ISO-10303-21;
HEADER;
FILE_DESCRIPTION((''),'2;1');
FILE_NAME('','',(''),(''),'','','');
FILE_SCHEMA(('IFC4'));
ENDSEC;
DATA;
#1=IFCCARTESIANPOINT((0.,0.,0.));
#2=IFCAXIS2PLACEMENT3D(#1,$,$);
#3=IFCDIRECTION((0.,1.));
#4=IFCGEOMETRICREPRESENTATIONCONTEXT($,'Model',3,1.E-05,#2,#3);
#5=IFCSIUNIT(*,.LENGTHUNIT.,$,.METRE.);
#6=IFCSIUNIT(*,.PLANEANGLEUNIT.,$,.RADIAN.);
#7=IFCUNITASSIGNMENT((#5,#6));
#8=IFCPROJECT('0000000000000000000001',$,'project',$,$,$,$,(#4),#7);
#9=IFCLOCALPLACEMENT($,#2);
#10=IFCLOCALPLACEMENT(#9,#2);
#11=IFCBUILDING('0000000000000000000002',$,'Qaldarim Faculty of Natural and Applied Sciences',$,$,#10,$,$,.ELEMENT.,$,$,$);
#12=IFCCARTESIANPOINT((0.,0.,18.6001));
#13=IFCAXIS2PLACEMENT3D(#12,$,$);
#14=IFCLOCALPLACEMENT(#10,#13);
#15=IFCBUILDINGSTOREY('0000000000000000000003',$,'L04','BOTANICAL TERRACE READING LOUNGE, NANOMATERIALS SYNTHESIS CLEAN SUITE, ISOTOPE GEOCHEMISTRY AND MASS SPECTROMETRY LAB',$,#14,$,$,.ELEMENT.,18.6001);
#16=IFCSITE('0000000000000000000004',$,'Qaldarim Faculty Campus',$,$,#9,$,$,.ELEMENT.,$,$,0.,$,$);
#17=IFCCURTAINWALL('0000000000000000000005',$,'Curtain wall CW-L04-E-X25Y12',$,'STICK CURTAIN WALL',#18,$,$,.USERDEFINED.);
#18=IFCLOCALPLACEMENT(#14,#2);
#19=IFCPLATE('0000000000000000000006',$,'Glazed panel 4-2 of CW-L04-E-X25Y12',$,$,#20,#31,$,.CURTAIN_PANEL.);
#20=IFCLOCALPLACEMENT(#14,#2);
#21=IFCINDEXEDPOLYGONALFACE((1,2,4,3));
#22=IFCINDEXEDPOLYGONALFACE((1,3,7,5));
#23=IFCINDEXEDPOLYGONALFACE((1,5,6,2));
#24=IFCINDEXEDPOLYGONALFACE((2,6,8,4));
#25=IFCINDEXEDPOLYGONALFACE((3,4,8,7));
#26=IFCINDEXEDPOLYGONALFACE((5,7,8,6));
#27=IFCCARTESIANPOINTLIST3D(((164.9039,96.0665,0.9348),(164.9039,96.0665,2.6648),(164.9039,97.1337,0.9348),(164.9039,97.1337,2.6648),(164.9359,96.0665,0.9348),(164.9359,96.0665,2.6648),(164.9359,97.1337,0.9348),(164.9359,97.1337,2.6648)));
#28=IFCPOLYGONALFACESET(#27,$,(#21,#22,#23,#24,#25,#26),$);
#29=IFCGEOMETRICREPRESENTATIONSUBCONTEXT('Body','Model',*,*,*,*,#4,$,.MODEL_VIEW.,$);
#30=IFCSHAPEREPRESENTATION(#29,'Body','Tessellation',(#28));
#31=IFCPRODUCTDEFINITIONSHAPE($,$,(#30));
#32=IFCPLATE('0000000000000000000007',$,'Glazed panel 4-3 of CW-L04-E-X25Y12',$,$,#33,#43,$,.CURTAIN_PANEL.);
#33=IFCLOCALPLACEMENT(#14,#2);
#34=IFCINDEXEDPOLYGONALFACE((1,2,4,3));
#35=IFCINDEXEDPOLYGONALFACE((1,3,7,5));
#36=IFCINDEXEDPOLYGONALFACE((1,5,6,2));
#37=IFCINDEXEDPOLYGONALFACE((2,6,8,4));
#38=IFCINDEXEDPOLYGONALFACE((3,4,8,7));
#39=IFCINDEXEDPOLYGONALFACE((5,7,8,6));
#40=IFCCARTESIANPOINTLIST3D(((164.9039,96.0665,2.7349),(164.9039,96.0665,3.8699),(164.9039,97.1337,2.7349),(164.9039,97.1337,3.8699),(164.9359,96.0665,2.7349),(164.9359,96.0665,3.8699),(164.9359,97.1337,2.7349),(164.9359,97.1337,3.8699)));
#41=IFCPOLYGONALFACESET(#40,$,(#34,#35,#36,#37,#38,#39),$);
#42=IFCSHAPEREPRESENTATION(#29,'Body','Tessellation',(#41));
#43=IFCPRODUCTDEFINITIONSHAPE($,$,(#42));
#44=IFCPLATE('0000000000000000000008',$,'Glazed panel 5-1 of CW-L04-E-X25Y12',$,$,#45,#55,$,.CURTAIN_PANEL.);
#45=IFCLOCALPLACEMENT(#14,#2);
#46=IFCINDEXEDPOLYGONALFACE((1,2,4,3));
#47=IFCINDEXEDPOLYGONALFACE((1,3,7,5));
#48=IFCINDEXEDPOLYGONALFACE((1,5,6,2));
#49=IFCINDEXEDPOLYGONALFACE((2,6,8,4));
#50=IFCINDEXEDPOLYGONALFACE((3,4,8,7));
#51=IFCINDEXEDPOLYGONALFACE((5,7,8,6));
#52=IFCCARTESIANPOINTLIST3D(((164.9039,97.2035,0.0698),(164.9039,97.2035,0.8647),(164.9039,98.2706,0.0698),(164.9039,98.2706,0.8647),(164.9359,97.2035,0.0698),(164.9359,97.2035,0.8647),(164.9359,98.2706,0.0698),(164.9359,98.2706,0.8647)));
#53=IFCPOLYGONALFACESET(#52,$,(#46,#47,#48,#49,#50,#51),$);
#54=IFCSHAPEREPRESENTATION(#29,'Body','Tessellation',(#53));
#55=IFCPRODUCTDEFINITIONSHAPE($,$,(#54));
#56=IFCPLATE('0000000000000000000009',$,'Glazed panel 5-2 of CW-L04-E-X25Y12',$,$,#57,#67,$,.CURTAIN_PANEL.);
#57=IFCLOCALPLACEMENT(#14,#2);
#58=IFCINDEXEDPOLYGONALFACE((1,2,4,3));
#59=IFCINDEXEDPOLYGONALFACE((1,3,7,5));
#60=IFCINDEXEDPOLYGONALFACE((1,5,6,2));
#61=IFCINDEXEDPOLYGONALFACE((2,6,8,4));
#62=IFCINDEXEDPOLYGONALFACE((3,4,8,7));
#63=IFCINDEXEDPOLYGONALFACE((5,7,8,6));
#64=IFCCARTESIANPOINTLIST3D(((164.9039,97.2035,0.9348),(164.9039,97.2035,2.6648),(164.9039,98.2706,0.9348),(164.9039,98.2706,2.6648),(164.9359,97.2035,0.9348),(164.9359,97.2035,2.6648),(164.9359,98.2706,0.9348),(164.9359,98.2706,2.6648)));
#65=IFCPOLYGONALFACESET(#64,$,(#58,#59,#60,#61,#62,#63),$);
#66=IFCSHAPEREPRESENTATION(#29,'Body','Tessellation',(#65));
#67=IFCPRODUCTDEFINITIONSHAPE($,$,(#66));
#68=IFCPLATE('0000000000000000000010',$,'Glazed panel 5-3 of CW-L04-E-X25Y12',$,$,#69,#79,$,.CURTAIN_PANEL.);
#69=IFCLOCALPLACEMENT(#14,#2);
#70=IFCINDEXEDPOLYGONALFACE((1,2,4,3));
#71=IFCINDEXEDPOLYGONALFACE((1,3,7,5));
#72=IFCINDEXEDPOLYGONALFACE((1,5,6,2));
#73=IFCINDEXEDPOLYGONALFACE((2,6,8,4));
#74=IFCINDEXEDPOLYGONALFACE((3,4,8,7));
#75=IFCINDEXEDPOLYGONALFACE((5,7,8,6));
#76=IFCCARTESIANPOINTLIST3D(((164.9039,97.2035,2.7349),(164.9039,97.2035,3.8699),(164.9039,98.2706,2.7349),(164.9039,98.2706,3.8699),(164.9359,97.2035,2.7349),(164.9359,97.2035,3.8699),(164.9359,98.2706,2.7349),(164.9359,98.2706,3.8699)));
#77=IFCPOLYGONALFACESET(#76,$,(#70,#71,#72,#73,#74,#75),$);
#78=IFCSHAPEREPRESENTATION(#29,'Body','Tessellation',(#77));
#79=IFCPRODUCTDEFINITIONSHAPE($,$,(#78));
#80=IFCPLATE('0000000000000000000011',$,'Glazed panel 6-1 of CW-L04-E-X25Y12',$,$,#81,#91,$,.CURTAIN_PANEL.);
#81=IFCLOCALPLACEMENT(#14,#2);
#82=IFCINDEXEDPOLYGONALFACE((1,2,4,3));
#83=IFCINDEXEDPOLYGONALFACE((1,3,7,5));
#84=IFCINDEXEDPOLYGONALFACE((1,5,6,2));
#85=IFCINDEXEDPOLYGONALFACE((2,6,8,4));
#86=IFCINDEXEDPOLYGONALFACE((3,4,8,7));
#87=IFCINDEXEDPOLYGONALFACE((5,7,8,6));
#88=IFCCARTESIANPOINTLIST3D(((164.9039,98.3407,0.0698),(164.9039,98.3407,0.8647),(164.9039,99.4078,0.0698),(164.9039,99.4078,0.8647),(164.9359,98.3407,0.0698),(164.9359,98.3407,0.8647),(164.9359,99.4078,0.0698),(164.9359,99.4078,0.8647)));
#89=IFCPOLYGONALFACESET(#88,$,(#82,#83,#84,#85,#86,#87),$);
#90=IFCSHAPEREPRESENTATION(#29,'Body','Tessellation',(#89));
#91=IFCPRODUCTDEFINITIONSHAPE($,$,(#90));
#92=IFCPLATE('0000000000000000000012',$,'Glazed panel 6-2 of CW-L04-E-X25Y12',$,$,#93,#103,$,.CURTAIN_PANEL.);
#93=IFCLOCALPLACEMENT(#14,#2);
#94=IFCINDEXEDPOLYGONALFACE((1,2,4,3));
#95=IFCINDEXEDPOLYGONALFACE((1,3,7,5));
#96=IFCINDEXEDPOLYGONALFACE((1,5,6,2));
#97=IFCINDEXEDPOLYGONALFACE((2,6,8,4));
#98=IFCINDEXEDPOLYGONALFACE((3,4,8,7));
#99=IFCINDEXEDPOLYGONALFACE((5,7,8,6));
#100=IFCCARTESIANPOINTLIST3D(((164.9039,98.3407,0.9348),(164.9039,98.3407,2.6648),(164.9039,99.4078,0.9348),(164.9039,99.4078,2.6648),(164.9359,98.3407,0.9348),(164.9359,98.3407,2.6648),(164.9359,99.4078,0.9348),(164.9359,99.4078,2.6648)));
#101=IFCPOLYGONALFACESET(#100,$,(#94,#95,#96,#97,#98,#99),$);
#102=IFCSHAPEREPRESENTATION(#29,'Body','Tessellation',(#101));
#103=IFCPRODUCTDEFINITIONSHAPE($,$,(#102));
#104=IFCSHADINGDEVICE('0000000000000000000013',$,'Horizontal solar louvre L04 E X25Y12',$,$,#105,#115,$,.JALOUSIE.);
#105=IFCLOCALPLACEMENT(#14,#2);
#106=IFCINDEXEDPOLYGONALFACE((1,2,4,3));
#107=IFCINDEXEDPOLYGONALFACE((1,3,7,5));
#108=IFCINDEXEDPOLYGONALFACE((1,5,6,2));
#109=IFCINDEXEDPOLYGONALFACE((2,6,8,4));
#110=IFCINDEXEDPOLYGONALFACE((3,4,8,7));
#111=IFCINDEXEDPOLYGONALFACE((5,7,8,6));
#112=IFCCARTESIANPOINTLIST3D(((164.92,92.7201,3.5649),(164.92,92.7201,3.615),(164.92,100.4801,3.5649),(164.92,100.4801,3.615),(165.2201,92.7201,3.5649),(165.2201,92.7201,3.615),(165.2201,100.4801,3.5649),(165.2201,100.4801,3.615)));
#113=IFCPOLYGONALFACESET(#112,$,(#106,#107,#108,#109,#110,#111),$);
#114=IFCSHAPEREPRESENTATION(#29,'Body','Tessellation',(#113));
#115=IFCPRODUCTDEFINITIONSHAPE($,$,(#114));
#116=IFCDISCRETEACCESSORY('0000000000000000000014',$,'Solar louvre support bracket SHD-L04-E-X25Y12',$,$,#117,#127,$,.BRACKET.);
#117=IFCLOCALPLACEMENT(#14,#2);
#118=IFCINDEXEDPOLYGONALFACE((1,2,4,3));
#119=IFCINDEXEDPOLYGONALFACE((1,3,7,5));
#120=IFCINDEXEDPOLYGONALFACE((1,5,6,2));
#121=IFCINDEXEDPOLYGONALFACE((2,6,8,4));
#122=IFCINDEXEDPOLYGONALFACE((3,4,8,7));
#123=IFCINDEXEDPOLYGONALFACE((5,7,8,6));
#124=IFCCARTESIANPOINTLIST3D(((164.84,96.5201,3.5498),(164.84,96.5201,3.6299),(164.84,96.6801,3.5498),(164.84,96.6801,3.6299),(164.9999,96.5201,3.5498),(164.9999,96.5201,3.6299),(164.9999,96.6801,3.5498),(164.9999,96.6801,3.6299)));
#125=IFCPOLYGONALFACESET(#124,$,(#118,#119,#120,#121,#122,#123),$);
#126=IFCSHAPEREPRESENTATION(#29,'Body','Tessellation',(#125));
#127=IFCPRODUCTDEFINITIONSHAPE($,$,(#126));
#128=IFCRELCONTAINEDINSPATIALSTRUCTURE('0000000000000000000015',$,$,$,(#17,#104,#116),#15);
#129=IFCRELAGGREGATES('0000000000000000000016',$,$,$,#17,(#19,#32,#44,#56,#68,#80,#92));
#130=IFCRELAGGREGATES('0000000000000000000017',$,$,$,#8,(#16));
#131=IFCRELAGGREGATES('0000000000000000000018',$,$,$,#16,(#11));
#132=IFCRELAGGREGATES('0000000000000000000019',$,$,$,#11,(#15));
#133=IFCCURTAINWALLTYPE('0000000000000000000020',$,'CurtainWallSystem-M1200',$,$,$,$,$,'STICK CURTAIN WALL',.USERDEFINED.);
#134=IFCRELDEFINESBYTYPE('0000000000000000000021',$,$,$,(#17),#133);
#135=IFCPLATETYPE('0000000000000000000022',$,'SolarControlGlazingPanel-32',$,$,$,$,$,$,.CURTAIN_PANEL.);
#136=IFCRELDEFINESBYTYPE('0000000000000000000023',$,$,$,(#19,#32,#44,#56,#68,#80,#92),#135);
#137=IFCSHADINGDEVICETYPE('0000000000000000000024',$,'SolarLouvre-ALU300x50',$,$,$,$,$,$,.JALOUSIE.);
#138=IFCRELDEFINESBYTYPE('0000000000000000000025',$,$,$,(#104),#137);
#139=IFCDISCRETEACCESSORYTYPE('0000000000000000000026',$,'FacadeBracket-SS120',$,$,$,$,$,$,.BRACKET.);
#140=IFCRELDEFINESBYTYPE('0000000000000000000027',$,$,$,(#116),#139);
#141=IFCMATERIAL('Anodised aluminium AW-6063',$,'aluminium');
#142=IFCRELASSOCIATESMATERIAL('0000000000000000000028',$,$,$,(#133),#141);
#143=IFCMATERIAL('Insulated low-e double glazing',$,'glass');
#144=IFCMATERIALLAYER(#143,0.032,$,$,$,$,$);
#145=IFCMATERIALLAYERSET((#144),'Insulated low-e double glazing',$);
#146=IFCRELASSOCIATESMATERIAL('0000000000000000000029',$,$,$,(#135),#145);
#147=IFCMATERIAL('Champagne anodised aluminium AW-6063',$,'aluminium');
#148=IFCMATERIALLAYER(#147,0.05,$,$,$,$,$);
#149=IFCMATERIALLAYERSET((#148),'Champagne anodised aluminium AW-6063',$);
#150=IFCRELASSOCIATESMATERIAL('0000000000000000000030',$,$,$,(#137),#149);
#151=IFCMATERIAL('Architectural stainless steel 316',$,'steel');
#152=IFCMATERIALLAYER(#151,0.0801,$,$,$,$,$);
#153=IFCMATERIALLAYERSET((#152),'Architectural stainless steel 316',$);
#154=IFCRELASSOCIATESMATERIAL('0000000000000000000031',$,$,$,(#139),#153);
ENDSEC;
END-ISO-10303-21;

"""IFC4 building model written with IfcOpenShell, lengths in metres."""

from ifc_helpers import new_model, si_unit, direction, frame, origin, origin_2d, place, context, subcontext, project, spatial, rectangle, extrude, material, layer, layer_set, type_object, element, aggregate, save


model = new_model("IFC4")

# Units and contexts
model_context = context("Model", 3, precision=1e-05, world=origin(), true_north=direction((0.0, 1.0)))
body_context = subcontext(model_context, "Body", "Model", "MODEL_VIEW")
ifc_project = project(units=[si_unit("LENGTHUNIT", "METRE"), si_unit("PLANEANGLEUNIT", "RADIAN")], contexts=[model_context])

# Site, building, storey
site_placement = place(None, origin())
site = spatial("IfcSite", under=ifc_project, at=site_placement, Name="Qaldarim Faculty Campus", CompositionType="ELEMENT", RefElevation=0.0)
building_placement = place(site_placement, origin())
building = spatial("IfcBuilding", under=site, at=building_placement, Name="Qaldarim Faculty of Natural and Applied Sciences", CompositionType="ELEMENT")
storey_placement = place(building_placement, frame((0.0, 0.0, 18.6001)))
storey = spatial("IfcBuildingStorey", under=building, at=storey_placement, Name="L04", Description="BOTANICAL TERRACE READING LOUNGE, NANOMATERIALS SYNTHESIS CLEAN SUITE, ISOTOPE GEOCHEMISTRY AND MASS SPECTROMETRY LAB", CompositionType="ELEMENT", Elevation=18.6001)

# Curtain wall, plates
ifc_material_1 = material(Name="Anodised aluminium AW-6063", Category="aluminium")
curtain_wall_type = type_object("IfcCurtainWallType", Name="CurtainWallSystem-M1200", ElementType="STICK CURTAIN WALL", PredefinedType="USERDEFINED", material=ifc_material_1)
curtain_wall_placement = place(storey_placement, origin())
curtain_wall = element("IfcCurtainWall", 1, at=curtain_wall_placement, inside=storey, type_object=curtain_wall_type, Name="Curtain wall CW-L04-E-X25Y12", ObjectType="STICK CURTAIN WALL", PredefinedType="USERDEFINED")
ifc_material_2 = material(Name="Insulated low-e double glazing", Category="glass")
ifc_layer_1 = layer(ifc_material_2, 0.032)
ifc_layer_set_1 = layer_set([ifc_layer_1], Name="Insulated low-e double glazing")
plate_type = type_object("IfcPlateType", Name="SolarControlGlazingPanel-32", PredefinedType="CURTAIN_PANEL", material=ifc_layer_set_1)
plate_1_placement = place(storey_placement, frame((164.9199, 96.6001, 0.9348), z_axis=(0.0, 0.0, 1.0), x_axis=(0.0, 1.0, 0.0)))
plate_1 = element("IfcPlate", 2, at=plate_1_placement, type_object=plate_type, Name="Glazed panel 4-2 of CW-L04-E-X25Y12", PredefinedType="CURTAIN_PANEL", context=body_context, shape_type="SweptSolid", body=[
    extrude(rectangle(XDim=1.0671, YDim=0.032, at=origin_2d()), origin(), (0.0, 0.0, 1.0), 1.73),
])
plate_2_placement = place(storey_placement, frame((164.9199, 96.6001, 2.7349), z_axis=(0.0, 0.0, 1.0), x_axis=(0.0, 1.0, 0.0)))
plate_2 = element("IfcPlate", 3, at=plate_2_placement, type_object=plate_type, Name="Glazed panel 4-3 of CW-L04-E-X25Y12", PredefinedType="CURTAIN_PANEL", context=body_context, shape_type="SweptSolid", body=[
    extrude(rectangle(XDim=1.0671, YDim=0.032, at=origin_2d()), origin(), (0.0, 0.0, 1.0), 1.135),
])
plate_3_placement = place(storey_placement, frame((164.9199, 97.7371, 0.0698), z_axis=(0.0, 0.0, 1.0), x_axis=(0.0, 1.0, 0.0)))
plate_3 = element("IfcPlate", 4, at=plate_3_placement, type_object=plate_type, Name="Glazed panel 5-1 of CW-L04-E-X25Y12", PredefinedType="CURTAIN_PANEL", context=body_context, shape_type="SweptSolid", body=[
    extrude(rectangle(XDim=1.0671, YDim=0.032, at=origin_2d()), origin(), (0.0, 0.0, 1.0), 0.7949),
])
plate_4_placement = place(storey_placement, frame((164.9199, 97.7371, 0.9348), z_axis=(0.0, 0.0, 1.0), x_axis=(0.0, 1.0, 0.0)))
plate_4 = element("IfcPlate", 5, at=plate_4_placement, type_object=plate_type, Name="Glazed panel 5-2 of CW-L04-E-X25Y12", PredefinedType="CURTAIN_PANEL", context=body_context, shape_type="SweptSolid", body=[
    extrude(rectangle(XDim=1.0671, YDim=0.032, at=origin_2d()), origin(), (0.0, 0.0, 1.0), 1.73),
])
plate_5_placement = place(storey_placement, frame((164.9199, 97.7371, 2.7349), z_axis=(0.0, 0.0, 1.0), x_axis=(0.0, 1.0, 0.0)))
plate_5 = element("IfcPlate", 6, at=plate_5_placement, type_object=plate_type, Name="Glazed panel 5-3 of CW-L04-E-X25Y12", PredefinedType="CURTAIN_PANEL", context=body_context, shape_type="SweptSolid", body=[
    extrude(rectangle(XDim=1.0671, YDim=0.032, at=origin_2d()), origin(), (0.0, 0.0, 1.0), 1.135),
])
plate_6_placement = place(storey_placement, frame((164.9199, 98.8743, 0.0698), z_axis=(0.0, 0.0, 1.0), x_axis=(0.0, 1.0, 0.0)))
plate_6 = element("IfcPlate", 7, at=plate_6_placement, type_object=plate_type, Name="Glazed panel 6-1 of CW-L04-E-X25Y12", PredefinedType="CURTAIN_PANEL", context=body_context, shape_type="SweptSolid", body=[
    extrude(rectangle(XDim=1.0671, YDim=0.032, at=origin_2d()), origin(), (0.0, 0.0, 1.0), 0.7949),
])
plate_7_placement = place(storey_placement, frame((164.9199, 98.8743, 0.9348), z_axis=(0.0, 0.0, 1.0), x_axis=(0.0, 1.0, 0.0)))
plate_7 = element("IfcPlate", 8, at=plate_7_placement, type_object=plate_type, Name="Glazed panel 6-2 of CW-L04-E-X25Y12", PredefinedType="CURTAIN_PANEL", context=body_context, shape_type="SweptSolid", body=[
    extrude(rectangle(XDim=1.0671, YDim=0.032, at=origin_2d()), origin(), (0.0, 0.0, 1.0), 1.73),
])
aggregate(curtain_wall, [plate_1, plate_2, plate_3, plate_4, plate_5, plate_6, plate_7])

# Shading device
ifc_material_3 = material(Name="Champagne anodised aluminium AW-6063", Category="aluminium")
ifc_layer_2 = layer(ifc_material_3, 0.05)
ifc_layer_set_2 = layer_set([ifc_layer_2], Name="Champagne anodised aluminium AW-6063")
shading_device_type = type_object("IfcShadingDeviceType", Name="SolarLouvre-ALU300x50", PredefinedType="JALOUSIE", material=ifc_layer_set_2)
shading_device_placement = place(storey_placement, frame((165.0701, 96.6001, 3.5649), z_axis=(0.0, 0.0, 1.0), x_axis=(0.0, 1.0, 0.0)))
element("IfcShadingDevice", 9, at=shading_device_placement, inside=storey, type_object=shading_device_type, Name="Horizontal solar louvre L04 E X25Y12", PredefinedType="JALOUSIE", context=body_context, shape_type="SweptSolid", body=[
    extrude(rectangle(XDim=7.76, YDim=0.3, at=origin_2d()), origin(), (0.0, 0.0, 1.0), 0.05),
])

# Discrete accessory
ifc_material_4 = material(Name="Architectural stainless steel 316", Category="steel")
ifc_layer_3 = layer(ifc_material_4, 0.0801)
ifc_layer_set_3 = layer_set([ifc_layer_3], Name="Architectural stainless steel 316")
discrete_accessory_type = type_object("IfcDiscreteAccessoryType", Name="FacadeBracket-SS120", PredefinedType="BRACKET", material=ifc_layer_set_3)
discrete_accessory_placement = place(storey_placement, frame((164.9199, 96.6001, 3.5498), z_axis=(0.0, 0.0, 1.0), x_axis=(0.0, 1.0, 0.0)))
element("IfcDiscreteAccessory", 10, at=discrete_accessory_placement, inside=storey, type_object=discrete_accessory_type, Name="Solar louvre support bracket SHD-L04-E-X25Y12", PredefinedType="BRACKET", context=body_context, shape_type="SweptSolid", body=[
    extrude(rectangle(XDim=0.1599, YDim=0.1599, at=origin_2d()), origin(), (0.0, 0.0, 1.0), 0.0801),
])

save(model, "model.ifc")
